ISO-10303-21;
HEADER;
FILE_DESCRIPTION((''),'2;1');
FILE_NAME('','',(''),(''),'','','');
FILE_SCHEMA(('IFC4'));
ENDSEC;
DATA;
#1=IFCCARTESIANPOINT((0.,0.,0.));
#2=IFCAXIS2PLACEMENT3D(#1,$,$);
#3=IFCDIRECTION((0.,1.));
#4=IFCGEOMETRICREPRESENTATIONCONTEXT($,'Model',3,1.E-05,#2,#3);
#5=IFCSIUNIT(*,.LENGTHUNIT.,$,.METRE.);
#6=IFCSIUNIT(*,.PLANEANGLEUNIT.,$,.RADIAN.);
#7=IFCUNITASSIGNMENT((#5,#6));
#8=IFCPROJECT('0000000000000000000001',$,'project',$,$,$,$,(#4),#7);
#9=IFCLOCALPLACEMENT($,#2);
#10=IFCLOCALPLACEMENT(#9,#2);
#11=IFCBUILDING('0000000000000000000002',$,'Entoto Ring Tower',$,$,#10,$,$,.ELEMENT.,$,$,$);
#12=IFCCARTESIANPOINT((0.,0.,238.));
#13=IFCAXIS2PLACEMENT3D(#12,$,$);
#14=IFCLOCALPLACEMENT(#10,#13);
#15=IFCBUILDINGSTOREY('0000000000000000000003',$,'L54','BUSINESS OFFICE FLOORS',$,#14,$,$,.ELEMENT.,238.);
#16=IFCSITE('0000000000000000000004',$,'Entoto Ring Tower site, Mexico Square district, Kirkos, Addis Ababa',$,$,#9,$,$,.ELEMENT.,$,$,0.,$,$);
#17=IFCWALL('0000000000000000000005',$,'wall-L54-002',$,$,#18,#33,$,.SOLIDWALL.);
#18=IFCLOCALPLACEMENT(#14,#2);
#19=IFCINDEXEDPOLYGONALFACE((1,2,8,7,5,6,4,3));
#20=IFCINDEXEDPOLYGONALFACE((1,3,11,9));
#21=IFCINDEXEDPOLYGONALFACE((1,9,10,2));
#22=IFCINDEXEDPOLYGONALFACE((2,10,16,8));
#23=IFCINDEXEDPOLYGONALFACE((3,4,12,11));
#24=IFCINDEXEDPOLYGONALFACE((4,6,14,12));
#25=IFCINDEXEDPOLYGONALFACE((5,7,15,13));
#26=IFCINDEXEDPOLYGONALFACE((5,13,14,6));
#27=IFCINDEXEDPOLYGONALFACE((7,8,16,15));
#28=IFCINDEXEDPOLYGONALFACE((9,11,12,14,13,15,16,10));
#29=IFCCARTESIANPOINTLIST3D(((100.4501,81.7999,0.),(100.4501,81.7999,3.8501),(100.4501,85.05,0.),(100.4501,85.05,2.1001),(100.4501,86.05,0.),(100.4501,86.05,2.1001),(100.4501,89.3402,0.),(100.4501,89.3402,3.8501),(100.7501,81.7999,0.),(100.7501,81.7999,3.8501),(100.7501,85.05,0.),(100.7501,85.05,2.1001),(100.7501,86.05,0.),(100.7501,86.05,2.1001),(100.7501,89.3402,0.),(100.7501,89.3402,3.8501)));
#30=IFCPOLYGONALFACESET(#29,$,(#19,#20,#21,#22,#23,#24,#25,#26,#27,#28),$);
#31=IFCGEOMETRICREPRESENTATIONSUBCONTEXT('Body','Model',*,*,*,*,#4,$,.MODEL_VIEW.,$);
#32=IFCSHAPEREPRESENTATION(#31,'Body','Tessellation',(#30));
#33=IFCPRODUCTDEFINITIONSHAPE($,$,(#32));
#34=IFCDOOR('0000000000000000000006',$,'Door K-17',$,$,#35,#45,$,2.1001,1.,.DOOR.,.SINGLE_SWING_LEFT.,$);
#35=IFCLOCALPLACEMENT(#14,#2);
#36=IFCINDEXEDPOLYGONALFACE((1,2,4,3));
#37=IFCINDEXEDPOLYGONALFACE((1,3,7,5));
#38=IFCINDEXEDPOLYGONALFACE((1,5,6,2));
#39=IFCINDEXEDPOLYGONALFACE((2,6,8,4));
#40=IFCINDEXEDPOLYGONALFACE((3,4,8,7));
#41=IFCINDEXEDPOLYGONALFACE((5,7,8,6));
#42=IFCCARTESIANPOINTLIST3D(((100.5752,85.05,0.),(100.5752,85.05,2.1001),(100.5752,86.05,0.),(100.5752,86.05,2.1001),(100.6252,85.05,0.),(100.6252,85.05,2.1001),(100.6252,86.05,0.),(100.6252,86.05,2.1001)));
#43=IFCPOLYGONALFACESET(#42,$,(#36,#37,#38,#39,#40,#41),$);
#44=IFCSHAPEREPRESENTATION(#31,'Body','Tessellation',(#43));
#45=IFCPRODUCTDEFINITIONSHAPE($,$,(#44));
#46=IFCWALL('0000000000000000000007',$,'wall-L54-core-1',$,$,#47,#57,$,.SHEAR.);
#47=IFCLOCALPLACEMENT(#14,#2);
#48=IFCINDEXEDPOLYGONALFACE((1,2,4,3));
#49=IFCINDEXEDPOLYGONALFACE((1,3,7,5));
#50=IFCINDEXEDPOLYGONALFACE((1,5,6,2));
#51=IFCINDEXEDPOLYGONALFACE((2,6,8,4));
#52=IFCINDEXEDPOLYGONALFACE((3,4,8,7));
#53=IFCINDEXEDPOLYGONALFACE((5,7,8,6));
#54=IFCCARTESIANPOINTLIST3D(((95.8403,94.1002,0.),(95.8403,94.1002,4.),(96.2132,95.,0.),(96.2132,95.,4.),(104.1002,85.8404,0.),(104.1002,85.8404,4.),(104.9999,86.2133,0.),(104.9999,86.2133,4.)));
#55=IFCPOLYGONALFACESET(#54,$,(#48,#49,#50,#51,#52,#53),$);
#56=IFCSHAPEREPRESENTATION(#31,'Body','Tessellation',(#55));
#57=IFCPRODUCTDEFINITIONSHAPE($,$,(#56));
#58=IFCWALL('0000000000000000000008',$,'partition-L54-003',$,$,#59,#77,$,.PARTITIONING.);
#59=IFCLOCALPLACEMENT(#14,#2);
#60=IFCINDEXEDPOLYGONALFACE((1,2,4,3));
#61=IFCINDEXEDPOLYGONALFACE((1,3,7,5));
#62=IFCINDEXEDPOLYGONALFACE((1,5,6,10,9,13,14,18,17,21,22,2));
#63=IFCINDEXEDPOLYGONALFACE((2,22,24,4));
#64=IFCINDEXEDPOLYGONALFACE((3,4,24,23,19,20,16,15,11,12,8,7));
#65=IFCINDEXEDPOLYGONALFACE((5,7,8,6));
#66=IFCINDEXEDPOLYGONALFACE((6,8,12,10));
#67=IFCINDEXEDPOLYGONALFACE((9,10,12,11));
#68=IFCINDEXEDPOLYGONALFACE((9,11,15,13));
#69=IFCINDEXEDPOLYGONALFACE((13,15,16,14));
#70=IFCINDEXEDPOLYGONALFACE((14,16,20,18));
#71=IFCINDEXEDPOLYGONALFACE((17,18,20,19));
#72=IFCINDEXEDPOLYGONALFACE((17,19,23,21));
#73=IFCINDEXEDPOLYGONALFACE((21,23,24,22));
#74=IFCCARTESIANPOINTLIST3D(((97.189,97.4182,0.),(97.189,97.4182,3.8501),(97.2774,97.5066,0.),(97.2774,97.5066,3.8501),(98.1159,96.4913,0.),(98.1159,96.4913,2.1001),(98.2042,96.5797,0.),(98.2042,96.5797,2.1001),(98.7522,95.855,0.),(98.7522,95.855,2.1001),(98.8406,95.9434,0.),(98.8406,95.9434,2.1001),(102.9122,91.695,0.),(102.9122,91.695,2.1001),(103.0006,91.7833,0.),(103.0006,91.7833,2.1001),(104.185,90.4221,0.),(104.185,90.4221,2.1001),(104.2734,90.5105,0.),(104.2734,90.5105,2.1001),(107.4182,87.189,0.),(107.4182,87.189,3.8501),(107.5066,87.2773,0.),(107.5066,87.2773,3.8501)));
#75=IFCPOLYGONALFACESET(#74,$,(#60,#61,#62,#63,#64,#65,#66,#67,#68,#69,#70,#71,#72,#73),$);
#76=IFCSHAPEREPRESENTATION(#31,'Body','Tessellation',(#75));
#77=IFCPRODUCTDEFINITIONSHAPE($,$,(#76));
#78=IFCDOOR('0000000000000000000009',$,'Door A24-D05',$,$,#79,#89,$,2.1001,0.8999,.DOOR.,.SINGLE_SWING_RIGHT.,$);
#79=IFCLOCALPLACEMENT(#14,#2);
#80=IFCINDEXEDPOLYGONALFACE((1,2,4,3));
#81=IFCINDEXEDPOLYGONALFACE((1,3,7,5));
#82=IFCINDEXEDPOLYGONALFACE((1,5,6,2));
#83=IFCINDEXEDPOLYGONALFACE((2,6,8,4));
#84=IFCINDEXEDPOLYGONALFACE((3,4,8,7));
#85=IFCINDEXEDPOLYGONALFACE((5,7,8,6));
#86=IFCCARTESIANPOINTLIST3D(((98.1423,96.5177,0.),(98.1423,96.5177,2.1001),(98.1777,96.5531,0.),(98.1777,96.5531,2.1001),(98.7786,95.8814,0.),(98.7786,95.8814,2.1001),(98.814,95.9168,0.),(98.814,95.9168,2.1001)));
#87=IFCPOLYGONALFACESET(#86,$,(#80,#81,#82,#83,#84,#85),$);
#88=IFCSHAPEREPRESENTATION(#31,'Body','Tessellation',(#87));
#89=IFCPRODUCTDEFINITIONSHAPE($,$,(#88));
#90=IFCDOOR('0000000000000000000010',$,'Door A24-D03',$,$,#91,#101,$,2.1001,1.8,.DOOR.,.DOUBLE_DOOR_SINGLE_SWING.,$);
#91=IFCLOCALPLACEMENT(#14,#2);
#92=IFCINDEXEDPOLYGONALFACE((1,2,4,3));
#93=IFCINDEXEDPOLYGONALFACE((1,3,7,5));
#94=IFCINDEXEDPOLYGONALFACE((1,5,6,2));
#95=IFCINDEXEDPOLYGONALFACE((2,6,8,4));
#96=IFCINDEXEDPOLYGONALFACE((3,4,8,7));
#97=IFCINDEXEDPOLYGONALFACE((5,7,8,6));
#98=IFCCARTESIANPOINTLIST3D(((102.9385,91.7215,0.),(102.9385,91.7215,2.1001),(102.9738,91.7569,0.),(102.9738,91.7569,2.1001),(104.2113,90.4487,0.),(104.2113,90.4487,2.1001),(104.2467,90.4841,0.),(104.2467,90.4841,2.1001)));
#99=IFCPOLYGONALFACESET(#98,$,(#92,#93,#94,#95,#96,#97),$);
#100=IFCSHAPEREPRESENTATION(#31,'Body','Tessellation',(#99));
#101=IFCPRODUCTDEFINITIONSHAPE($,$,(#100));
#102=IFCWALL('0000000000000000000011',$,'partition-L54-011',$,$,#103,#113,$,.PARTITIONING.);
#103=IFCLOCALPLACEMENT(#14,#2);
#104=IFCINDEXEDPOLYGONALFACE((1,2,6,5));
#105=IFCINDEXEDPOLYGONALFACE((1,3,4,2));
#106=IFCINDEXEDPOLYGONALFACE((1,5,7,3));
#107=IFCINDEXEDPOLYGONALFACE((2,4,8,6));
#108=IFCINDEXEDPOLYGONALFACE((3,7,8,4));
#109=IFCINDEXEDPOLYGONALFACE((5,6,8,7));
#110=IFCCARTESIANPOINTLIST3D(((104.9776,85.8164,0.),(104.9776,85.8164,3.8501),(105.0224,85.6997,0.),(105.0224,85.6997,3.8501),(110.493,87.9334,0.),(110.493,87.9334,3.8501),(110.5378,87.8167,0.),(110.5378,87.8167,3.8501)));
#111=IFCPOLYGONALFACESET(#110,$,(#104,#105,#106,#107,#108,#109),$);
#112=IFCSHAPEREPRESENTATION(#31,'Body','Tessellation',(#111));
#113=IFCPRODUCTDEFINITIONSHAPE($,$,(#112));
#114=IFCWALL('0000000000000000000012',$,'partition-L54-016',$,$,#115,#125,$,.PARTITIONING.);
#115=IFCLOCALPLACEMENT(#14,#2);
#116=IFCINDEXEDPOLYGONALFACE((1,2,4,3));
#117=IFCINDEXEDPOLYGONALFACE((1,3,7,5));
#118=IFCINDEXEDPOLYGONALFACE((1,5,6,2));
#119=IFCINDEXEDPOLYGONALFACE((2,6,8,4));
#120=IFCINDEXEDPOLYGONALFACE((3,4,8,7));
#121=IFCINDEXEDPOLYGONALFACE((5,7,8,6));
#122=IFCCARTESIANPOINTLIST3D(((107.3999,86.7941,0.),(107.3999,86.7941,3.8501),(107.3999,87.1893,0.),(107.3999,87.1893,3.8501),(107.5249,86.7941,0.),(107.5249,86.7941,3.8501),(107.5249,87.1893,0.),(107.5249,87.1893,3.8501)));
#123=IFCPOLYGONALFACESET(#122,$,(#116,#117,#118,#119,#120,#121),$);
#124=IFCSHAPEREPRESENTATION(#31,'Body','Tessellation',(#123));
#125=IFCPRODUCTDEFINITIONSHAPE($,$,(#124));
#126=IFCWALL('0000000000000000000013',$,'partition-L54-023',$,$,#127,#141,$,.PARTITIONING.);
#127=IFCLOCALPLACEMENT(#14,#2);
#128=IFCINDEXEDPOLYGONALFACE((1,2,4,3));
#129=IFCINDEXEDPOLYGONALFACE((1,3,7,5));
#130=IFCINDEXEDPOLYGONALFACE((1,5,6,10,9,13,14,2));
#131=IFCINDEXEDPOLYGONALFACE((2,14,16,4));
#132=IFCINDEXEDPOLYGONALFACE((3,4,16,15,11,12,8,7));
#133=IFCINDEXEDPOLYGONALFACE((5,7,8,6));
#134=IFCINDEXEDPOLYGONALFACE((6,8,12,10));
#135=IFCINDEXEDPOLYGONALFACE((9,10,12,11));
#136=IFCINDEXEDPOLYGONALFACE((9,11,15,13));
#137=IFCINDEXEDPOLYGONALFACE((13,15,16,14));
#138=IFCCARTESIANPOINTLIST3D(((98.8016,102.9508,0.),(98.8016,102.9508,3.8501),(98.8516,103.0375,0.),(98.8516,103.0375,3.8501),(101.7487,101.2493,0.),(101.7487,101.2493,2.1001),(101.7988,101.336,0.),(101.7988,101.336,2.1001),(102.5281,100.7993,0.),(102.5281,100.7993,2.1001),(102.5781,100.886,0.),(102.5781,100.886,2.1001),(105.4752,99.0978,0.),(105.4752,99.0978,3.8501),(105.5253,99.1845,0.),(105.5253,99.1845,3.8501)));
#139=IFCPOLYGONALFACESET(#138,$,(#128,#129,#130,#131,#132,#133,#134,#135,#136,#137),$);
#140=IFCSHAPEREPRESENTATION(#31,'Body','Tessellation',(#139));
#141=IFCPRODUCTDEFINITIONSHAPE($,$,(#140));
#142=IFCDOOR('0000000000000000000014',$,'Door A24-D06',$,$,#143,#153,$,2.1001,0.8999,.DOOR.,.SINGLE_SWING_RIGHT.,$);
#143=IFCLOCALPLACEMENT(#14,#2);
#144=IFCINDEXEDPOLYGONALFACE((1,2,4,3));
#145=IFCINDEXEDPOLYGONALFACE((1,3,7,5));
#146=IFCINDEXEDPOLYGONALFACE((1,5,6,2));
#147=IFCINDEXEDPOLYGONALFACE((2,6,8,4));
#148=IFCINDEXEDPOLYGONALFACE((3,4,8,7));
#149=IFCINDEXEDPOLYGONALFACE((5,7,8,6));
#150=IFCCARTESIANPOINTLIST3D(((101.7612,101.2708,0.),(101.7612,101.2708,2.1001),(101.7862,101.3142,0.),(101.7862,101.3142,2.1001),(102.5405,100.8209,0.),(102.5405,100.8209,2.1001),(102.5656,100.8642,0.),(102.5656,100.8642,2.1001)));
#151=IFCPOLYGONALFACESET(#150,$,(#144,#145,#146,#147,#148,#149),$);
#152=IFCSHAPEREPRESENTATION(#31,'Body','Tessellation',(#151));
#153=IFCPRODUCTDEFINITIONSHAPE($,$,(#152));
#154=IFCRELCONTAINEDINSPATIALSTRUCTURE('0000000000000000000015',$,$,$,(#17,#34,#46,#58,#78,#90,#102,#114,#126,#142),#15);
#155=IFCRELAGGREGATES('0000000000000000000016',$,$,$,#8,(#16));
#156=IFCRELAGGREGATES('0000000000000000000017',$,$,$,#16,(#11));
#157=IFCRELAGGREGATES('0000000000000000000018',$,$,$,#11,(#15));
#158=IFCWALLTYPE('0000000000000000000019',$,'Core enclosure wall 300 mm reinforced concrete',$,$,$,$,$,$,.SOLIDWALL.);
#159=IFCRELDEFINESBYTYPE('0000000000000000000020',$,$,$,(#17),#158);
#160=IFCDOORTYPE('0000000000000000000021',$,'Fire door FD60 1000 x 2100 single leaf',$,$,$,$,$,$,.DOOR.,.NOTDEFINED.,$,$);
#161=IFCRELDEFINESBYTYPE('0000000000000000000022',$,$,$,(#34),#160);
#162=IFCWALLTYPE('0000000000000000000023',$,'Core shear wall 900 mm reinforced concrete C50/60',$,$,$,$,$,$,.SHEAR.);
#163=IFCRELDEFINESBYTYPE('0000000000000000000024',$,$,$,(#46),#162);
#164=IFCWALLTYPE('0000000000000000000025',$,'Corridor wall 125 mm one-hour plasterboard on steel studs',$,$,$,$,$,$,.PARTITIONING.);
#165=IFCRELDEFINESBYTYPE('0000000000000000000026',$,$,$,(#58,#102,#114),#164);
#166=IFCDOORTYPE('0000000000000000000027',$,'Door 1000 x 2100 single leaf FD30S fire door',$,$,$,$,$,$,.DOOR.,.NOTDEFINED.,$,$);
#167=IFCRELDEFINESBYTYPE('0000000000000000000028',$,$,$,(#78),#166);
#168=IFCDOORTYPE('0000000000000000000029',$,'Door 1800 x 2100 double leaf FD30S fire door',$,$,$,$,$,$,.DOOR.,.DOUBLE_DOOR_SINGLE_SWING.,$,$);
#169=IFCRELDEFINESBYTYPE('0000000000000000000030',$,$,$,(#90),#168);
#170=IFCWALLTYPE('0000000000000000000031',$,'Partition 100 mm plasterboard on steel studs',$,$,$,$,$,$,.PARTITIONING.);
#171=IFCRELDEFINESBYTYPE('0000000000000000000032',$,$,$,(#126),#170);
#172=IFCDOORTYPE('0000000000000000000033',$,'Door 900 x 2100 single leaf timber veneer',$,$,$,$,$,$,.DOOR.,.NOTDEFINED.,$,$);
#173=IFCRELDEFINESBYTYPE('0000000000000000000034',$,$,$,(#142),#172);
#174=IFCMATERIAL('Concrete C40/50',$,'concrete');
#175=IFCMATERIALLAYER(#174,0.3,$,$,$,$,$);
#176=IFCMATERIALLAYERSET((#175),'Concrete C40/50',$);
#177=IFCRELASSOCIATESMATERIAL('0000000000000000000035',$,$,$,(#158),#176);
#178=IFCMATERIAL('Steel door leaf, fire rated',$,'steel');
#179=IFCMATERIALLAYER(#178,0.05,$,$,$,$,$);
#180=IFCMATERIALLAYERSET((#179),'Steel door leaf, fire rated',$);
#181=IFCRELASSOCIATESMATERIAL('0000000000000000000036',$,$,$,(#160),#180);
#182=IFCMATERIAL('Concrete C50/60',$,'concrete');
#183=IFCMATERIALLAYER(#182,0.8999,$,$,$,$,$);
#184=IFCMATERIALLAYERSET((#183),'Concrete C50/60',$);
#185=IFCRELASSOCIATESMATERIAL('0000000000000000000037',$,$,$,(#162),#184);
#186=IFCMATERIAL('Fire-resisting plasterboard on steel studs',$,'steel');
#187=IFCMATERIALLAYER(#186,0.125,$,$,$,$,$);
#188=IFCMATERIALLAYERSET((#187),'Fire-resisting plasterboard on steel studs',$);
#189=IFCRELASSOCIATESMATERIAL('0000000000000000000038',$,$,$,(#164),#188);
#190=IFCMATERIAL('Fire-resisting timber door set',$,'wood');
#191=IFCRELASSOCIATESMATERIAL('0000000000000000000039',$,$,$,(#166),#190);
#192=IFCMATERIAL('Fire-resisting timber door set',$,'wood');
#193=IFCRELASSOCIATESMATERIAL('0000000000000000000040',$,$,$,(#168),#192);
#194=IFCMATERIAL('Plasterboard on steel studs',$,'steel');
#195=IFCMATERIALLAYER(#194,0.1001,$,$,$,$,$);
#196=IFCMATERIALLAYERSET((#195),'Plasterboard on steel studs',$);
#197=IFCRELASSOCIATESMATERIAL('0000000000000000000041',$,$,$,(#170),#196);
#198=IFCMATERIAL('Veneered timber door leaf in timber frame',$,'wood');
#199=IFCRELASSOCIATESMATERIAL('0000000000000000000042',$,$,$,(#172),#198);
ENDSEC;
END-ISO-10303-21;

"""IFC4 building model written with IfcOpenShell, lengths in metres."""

from ifc_helpers import new_model, si_unit, direction, frame, frame_2d, origin, place, context, subcontext, project, spatial, polyline, rectangle, outline, extrude, material, layer, layer_set, type_object, element, fill, save


model = new_model("IFC4")

# Units and contexts
model_context = context("Model", 3, precision=1e-05, world=origin(), true_north=direction((0.0, 1.0)))
body_context = subcontext(model_context, "Body", "Model", "MODEL_VIEW")
ifc_project = project(units=[si_unit("LENGTHUNIT", "METRE"), si_unit("PLANEANGLEUNIT", "RADIAN")], contexts=[model_context])

# Site, building, storey
site_placement = place(None, origin())
site = spatial("IfcSite", under=ifc_project, at=site_placement, Name="Entoto Ring Tower site, Mexico Square district, Kirkos, Addis Ababa", CompositionType="ELEMENT", RefElevation=0.0)
building_placement = place(site_placement, origin())
building = spatial("IfcBuilding", under=site, at=building_placement, Name="Entoto Ring Tower", CompositionType="ELEMENT")
storey_placement = place(building_placement, frame((0.0, 0.0, 238.0)))
storey = spatial("IfcBuildingStorey", under=building, at=storey_placement, Name="L54", Description="BUSINESS OFFICE FLOORS", CompositionType="ELEMENT", Elevation=238.0)

# Wall, opening, door
ifc_material_1 = material(Name="Concrete C40/50", Category="concrete")
ifc_layer_1 = layer(ifc_material_1, 0.3)
ifc_layer_set_1 = layer_set([ifc_layer_1], Name="Concrete C40/50")
wall_type_1 = type_object("IfcWallType", Name="Core enclosure wall 300 mm reinforced concrete", PredefinedType="SOLIDWALL", material=ifc_layer_set_1)
wall_1_placement = place(storey_placement, frame((100.6001, 81.8, 0.0), z_axis=(0.0, 0.0, 1.0), x_axis=(0.0, 1.0, 0.0)))
wall_1 = element("IfcWall", 1, at=wall_1_placement, inside=storey, type_object=wall_type_1, Name="wall-L54-002", PredefinedType="SOLIDWALL", context=body_context, shape_type="SweptSolid", body=[
    extrude(rectangle(XDim=7.5403, YDim=0.3, at=frame_2d((3.77, 0.0))), origin(), (0.0, 0.0, 1.0), 3.8501),
])
opening_1_placement = place(wall_1_placement, frame((3.25, 0.0, 0.0)))
opening_1 = element("IfcOpeningElement", 2, at=opening_1_placement, cuts=wall_1, PredefinedType="OPENING", context=body_context, shape_type="SweptSolid", body=[
    extrude(rectangle(XDim=1.0, YDim=2.1001, at=frame_2d((0.5, 1.05))), frame((0.0, 0.1602, 0.0), z_axis=(0.0, -1.0, 0.0), x_axis=(1.0, 0.0, 0.0)), (0.0, 0.0, 1.0), 0.3201),
])
ifc_material_2 = material(Name="Steel door leaf, fire rated", Category="steel")
ifc_layer_2 = layer(ifc_material_2, 0.05)
ifc_layer_set_2 = layer_set([ifc_layer_2], Name="Steel door leaf, fire rated")
door_type_1 = type_object("IfcDoorType", Name="Fire door FD60 1000 x 2100 single leaf", OperationType="NOTDEFINED", PredefinedType="DOOR", material=ifc_layer_set_2)
door_1_placement = place(opening_1_placement, origin())
door_1 = element("IfcDoor", 3, at=door_1_placement, inside=storey, type_object=door_type_1, Name="Door K-17", OperationType="SINGLE_SWING_LEFT", OverallHeight=2.1001, OverallWidth=1.0, PredefinedType="DOOR", context=body_context, shape_type="SweptSolid", body=[
    extrude(rectangle(XDim=1.0, YDim=2.1001, at=frame_2d((0.5, 1.05))), frame((0.0, 0.0249, 0.0), z_axis=(0.0, -1.0, 0.0), x_axis=(1.0, 0.0, 0.0)), (0.0, 0.0, 1.0), 0.05),
])
fill(opening_1, door_1)

# Wall
ifc_material_3 = material(Name="Concrete C50/60", Category="concrete")
ifc_layer_3 = layer(ifc_material_3, 0.8999)
ifc_layer_set_3 = layer_set([ifc_layer_3], Name="Concrete C50/60")
wall_type_2 = type_object("IfcWallType", Name="Core shear wall 900 mm reinforced concrete C50/60", PredefinedType="SHEAR", material=ifc_layer_set_3)
wall_2_placement = place(storey_placement, frame((104.55, 86.0269, 0.0), z_axis=(0.0, 0.0, 1.0), x_axis=(-0.707107, 0.707107, 0.0)))
element("IfcWall", 4, at=wall_2_placement, inside=storey, type_object=wall_type_2, Name="wall-L54-core-1", PredefinedType="SHEAR", context=body_context, shape_type="SweptSolid", body=[
    extrude(outline(polyline([(-0.1863, -0.45), (12.24, -0.45), (11.8674, 0.45), (0.1863, 0.45), (-0.1863, -0.45)])), origin(), (0.0, 0.0, 1.0), 4.0),
])

# Wall, openings, doors
ifc_material_4 = material(Name="Fire-resisting plasterboard on steel studs", Category="steel")
ifc_layer_4 = layer(ifc_material_4, 0.125)
ifc_layer_set_4 = layer_set([ifc_layer_4], Name="Fire-resisting plasterboard on steel studs")
wall_type_3 = type_object("IfcWallType", Name="Corridor wall 125 mm one-hour plasterboard on steel studs", PredefinedType="PARTITIONING", material=ifc_layer_set_4)
wall_3_placement = place(storey_placement, frame((107.4624, 87.2332, 0.0), z_axis=(0.0, 0.0, 1.0), x_axis=(-0.707107, 0.707107, 0.0)))
wall_3 = element("IfcWall", 5, at=wall_3_placement, inside=storey, type_object=wall_type_3, Name="partition-L54-003", PredefinedType="PARTITIONING", context=body_context, shape_type="SweptSolid", body=[
    extrude(rectangle(XDim=14.4663, YDim=0.125, at=frame_2d((7.2332, 0.0))), origin(), (0.0, 0.0, 1.0), 3.8501),
])
opening_2_placement = place(wall_3_placement, frame((4.5725, 0.0, 0.0)))
opening_2 = element("IfcOpeningElement", 6, at=opening_2_placement, cuts=wall_3, PredefinedType="OPENING", context=body_context, shape_type="SweptSolid", body=[
    extrude(rectangle(XDim=1.8, YDim=2.1001, at=frame_2d((0.8999, 1.05))), frame((0.0, 0.0725, 0.0), z_axis=(0.0, -1.0, 0.0), x_axis=(1.0, 0.0, 0.0)), (0.0, 0.0, 1.0), 0.145),
])
opening_3_placement = place(wall_3_placement, frame((12.2556, 0.0, 0.0)))
opening_3 = element("IfcOpeningElement", 7, at=opening_3_placement, cuts=wall_3, PredefinedType="OPENING", context=body_context, shape_type="SweptSolid", body=[
    extrude(rectangle(XDim=0.8999, YDim=2.1001, at=frame_2d((0.45, 1.05))), frame((0.0, 0.0725, 0.0), z_axis=(0.0, -1.0, 0.0), x_axis=(1.0, 0.0, 0.0)), (0.0, 0.0, 1.0), 0.145),
])
ifc_material_5 = material(Name="Fire-resisting timber door set", Category="wood")
door_type_2 = type_object("IfcDoorType", Name="Door 1000 x 2100 single leaf FD30S fire door", OperationType="NOTDEFINED", PredefinedType="DOOR", material=ifc_material_5)
door_2_placement = place(opening_3_placement, frame((0.8999, 0.0, 0.0), z_axis=(0.0, 0.0, 1.0), x_axis=(-1.0, 0.0, 0.0)))
door_2 = element("IfcDoor", 8, at=door_2_placement, inside=storey, type_object=door_type_2, Name="Door A24-D05", OperationType="SINGLE_SWING_RIGHT", OverallHeight=2.1001, OverallWidth=0.8999, PredefinedType="DOOR", context=body_context, shape_type="SweptSolid", body=[
    extrude(rectangle(XDim=0.8999, YDim=2.1001, at=frame_2d((0.45, 1.05))), frame((0.0, 0.0249, 0.0), z_axis=(0.0, -1.0, 0.0), x_axis=(1.0, 0.0, 0.0)), (0.0, 0.0, 1.0), 0.05),
])
fill(opening_3, door_2)
ifc_material_6 = material(Name="Fire-resisting timber door set", Category="wood")
door_type_3 = type_object("IfcDoorType", Name="Door 1800 x 2100 double leaf FD30S fire door", OperationType="DOUBLE_DOOR_SINGLE_SWING", PredefinedType="DOOR", material=ifc_material_6)
door_3_placement = place(opening_2_placement, frame((1.8, 0.0, 0.0), z_axis=(0.0, 0.0, 1.0), x_axis=(-1.0, 0.0, 0.0)))
door_3 = element("IfcDoor", 9, at=door_3_placement, inside=storey, type_object=door_type_3, Name="Door A24-D03", OperationType="DOUBLE_DOOR_SINGLE_SWING", OverallHeight=2.1001, OverallWidth=1.8, PredefinedType="DOOR", context=body_context, shape_type="SweptSolid", body=[
    extrude(rectangle(XDim=1.8, YDim=2.1001, at=frame_2d((0.8999, 1.05))), frame((0.0, 0.0249, 0.0), z_axis=(0.0, -1.0, 0.0), x_axis=(1.0, 0.0, 0.0)), (0.0, 0.0, 1.0), 0.05),
])
fill(opening_2, door_3)

# Walls
wall_4_placement = place(storey_placement, frame((105.0, 85.7581, 0.0), z_axis=(0.0, 0.0, 1.0), x_axis=(0.933592, 0.358337, 0.0)))
element("IfcWall", 10, at=wall_4_placement, inside=storey, type_object=wall_type_3, Name="partition-L54-011", PredefinedType="PARTITIONING", context=body_context, shape_type="SweptSolid", body=[
    extrude(rectangle(XDim=5.9077, YDim=0.125, at=frame_2d((2.9539, 0.0))), origin(), (0.0, 0.0, 1.0), 3.8501),
])
wall_5_placement = place(storey_placement, frame((107.4624, 86.7939, 0.0), z_axis=(0.0, 0.0, 1.0), x_axis=(0.0, 1.0, 0.0)))
element("IfcWall", 11, at=wall_5_placement, inside=storey, type_object=wall_type_3, Name="partition-L54-016", PredefinedType="PARTITIONING", context=body_context, shape_type="SweptSolid", body=[
    extrude(rectangle(XDim=0.3953, YDim=0.125, at=frame_2d((0.1978, 0.0))), origin(), (0.0, 0.0, 1.0), 3.8501),
])

# Wall, opening, door
ifc_material_7 = material(Name="Plasterboard on steel studs", Category="steel")
ifc_layer_5 = layer(ifc_material_7, 0.1001)
ifc_layer_set_5 = layer_set([ifc_layer_5], Name="Plasterboard on steel studs")
wall_type_4 = type_object("IfcWallType", Name="Partition 100 mm plasterboard on steel studs", PredefinedType="PARTITIONING", material=ifc_layer_set_5)
wall_6_placement = place(storey_placement, frame((105.5002, 99.1411, 0.0), z_axis=(0.0, 0.0, 1.0), x_axis=(-0.866024, 0.500003, 0.0)))
wall_6 = element("IfcWall", 12, at=wall_6_placement, inside=storey, type_object=wall_type_4, Name="partition-L54-023", PredefinedType="PARTITIONING", context=body_context, shape_type="SweptSolid", body=[
    extrude(rectangle(XDim=7.7061, YDim=0.1001, at=frame_2d((3.853, 0.0))), origin(), (0.0, 0.0, 1.0), 3.8501),
])
opening_4_placement = place(wall_6_placement, frame((3.4031, 0.0, 0.0)))
opening_4 = element("IfcOpeningElement", 13, at=opening_4_placement, cuts=wall_6, PredefinedType="OPENING", context=body_context, shape_type="SweptSolid", body=[
    extrude(rectangle(XDim=0.8999, YDim=2.1001, at=frame_2d((0.45, 1.05))), frame((0.0, 0.0601, 0.0), z_axis=(0.0, -1.0, 0.0), x_axis=(1.0, 0.0, 0.0)), (0.0, 0.0, 1.0), 0.1201),
])
ifc_material_8 = material(Name="Veneered timber door leaf in timber frame", Category="wood")
door_type_4 = type_object("IfcDoorType", Name="Door 900 x 2100 single leaf timber veneer", OperationType="NOTDEFINED", PredefinedType="DOOR", material=ifc_material_8)
door_4_placement = place(opening_4_placement, frame((0.8999, 0.0, 0.0), z_axis=(0.0, 0.0, 1.0), x_axis=(-1.0, 0.0, 0.0)))
door_4 = element("IfcDoor", 14, at=door_4_placement, inside=storey, type_object=door_type_4, Name="Door A24-D06", OperationType="SINGLE_SWING_RIGHT", OverallHeight=2.1001, OverallWidth=0.8999, PredefinedType="DOOR", context=body_context, shape_type="SweptSolid", body=[
    extrude(rectangle(XDim=0.8999, YDim=2.1001, at=frame_2d((0.45, 1.05))), frame((0.0, 0.0249, 0.0), z_axis=(0.0, -1.0, 0.0), x_axis=(1.0, 0.0, 0.0)), (0.0, 0.0, 1.0), 0.05),
])
fill(opening_4, door_4)

save(model, "model.ifc")
